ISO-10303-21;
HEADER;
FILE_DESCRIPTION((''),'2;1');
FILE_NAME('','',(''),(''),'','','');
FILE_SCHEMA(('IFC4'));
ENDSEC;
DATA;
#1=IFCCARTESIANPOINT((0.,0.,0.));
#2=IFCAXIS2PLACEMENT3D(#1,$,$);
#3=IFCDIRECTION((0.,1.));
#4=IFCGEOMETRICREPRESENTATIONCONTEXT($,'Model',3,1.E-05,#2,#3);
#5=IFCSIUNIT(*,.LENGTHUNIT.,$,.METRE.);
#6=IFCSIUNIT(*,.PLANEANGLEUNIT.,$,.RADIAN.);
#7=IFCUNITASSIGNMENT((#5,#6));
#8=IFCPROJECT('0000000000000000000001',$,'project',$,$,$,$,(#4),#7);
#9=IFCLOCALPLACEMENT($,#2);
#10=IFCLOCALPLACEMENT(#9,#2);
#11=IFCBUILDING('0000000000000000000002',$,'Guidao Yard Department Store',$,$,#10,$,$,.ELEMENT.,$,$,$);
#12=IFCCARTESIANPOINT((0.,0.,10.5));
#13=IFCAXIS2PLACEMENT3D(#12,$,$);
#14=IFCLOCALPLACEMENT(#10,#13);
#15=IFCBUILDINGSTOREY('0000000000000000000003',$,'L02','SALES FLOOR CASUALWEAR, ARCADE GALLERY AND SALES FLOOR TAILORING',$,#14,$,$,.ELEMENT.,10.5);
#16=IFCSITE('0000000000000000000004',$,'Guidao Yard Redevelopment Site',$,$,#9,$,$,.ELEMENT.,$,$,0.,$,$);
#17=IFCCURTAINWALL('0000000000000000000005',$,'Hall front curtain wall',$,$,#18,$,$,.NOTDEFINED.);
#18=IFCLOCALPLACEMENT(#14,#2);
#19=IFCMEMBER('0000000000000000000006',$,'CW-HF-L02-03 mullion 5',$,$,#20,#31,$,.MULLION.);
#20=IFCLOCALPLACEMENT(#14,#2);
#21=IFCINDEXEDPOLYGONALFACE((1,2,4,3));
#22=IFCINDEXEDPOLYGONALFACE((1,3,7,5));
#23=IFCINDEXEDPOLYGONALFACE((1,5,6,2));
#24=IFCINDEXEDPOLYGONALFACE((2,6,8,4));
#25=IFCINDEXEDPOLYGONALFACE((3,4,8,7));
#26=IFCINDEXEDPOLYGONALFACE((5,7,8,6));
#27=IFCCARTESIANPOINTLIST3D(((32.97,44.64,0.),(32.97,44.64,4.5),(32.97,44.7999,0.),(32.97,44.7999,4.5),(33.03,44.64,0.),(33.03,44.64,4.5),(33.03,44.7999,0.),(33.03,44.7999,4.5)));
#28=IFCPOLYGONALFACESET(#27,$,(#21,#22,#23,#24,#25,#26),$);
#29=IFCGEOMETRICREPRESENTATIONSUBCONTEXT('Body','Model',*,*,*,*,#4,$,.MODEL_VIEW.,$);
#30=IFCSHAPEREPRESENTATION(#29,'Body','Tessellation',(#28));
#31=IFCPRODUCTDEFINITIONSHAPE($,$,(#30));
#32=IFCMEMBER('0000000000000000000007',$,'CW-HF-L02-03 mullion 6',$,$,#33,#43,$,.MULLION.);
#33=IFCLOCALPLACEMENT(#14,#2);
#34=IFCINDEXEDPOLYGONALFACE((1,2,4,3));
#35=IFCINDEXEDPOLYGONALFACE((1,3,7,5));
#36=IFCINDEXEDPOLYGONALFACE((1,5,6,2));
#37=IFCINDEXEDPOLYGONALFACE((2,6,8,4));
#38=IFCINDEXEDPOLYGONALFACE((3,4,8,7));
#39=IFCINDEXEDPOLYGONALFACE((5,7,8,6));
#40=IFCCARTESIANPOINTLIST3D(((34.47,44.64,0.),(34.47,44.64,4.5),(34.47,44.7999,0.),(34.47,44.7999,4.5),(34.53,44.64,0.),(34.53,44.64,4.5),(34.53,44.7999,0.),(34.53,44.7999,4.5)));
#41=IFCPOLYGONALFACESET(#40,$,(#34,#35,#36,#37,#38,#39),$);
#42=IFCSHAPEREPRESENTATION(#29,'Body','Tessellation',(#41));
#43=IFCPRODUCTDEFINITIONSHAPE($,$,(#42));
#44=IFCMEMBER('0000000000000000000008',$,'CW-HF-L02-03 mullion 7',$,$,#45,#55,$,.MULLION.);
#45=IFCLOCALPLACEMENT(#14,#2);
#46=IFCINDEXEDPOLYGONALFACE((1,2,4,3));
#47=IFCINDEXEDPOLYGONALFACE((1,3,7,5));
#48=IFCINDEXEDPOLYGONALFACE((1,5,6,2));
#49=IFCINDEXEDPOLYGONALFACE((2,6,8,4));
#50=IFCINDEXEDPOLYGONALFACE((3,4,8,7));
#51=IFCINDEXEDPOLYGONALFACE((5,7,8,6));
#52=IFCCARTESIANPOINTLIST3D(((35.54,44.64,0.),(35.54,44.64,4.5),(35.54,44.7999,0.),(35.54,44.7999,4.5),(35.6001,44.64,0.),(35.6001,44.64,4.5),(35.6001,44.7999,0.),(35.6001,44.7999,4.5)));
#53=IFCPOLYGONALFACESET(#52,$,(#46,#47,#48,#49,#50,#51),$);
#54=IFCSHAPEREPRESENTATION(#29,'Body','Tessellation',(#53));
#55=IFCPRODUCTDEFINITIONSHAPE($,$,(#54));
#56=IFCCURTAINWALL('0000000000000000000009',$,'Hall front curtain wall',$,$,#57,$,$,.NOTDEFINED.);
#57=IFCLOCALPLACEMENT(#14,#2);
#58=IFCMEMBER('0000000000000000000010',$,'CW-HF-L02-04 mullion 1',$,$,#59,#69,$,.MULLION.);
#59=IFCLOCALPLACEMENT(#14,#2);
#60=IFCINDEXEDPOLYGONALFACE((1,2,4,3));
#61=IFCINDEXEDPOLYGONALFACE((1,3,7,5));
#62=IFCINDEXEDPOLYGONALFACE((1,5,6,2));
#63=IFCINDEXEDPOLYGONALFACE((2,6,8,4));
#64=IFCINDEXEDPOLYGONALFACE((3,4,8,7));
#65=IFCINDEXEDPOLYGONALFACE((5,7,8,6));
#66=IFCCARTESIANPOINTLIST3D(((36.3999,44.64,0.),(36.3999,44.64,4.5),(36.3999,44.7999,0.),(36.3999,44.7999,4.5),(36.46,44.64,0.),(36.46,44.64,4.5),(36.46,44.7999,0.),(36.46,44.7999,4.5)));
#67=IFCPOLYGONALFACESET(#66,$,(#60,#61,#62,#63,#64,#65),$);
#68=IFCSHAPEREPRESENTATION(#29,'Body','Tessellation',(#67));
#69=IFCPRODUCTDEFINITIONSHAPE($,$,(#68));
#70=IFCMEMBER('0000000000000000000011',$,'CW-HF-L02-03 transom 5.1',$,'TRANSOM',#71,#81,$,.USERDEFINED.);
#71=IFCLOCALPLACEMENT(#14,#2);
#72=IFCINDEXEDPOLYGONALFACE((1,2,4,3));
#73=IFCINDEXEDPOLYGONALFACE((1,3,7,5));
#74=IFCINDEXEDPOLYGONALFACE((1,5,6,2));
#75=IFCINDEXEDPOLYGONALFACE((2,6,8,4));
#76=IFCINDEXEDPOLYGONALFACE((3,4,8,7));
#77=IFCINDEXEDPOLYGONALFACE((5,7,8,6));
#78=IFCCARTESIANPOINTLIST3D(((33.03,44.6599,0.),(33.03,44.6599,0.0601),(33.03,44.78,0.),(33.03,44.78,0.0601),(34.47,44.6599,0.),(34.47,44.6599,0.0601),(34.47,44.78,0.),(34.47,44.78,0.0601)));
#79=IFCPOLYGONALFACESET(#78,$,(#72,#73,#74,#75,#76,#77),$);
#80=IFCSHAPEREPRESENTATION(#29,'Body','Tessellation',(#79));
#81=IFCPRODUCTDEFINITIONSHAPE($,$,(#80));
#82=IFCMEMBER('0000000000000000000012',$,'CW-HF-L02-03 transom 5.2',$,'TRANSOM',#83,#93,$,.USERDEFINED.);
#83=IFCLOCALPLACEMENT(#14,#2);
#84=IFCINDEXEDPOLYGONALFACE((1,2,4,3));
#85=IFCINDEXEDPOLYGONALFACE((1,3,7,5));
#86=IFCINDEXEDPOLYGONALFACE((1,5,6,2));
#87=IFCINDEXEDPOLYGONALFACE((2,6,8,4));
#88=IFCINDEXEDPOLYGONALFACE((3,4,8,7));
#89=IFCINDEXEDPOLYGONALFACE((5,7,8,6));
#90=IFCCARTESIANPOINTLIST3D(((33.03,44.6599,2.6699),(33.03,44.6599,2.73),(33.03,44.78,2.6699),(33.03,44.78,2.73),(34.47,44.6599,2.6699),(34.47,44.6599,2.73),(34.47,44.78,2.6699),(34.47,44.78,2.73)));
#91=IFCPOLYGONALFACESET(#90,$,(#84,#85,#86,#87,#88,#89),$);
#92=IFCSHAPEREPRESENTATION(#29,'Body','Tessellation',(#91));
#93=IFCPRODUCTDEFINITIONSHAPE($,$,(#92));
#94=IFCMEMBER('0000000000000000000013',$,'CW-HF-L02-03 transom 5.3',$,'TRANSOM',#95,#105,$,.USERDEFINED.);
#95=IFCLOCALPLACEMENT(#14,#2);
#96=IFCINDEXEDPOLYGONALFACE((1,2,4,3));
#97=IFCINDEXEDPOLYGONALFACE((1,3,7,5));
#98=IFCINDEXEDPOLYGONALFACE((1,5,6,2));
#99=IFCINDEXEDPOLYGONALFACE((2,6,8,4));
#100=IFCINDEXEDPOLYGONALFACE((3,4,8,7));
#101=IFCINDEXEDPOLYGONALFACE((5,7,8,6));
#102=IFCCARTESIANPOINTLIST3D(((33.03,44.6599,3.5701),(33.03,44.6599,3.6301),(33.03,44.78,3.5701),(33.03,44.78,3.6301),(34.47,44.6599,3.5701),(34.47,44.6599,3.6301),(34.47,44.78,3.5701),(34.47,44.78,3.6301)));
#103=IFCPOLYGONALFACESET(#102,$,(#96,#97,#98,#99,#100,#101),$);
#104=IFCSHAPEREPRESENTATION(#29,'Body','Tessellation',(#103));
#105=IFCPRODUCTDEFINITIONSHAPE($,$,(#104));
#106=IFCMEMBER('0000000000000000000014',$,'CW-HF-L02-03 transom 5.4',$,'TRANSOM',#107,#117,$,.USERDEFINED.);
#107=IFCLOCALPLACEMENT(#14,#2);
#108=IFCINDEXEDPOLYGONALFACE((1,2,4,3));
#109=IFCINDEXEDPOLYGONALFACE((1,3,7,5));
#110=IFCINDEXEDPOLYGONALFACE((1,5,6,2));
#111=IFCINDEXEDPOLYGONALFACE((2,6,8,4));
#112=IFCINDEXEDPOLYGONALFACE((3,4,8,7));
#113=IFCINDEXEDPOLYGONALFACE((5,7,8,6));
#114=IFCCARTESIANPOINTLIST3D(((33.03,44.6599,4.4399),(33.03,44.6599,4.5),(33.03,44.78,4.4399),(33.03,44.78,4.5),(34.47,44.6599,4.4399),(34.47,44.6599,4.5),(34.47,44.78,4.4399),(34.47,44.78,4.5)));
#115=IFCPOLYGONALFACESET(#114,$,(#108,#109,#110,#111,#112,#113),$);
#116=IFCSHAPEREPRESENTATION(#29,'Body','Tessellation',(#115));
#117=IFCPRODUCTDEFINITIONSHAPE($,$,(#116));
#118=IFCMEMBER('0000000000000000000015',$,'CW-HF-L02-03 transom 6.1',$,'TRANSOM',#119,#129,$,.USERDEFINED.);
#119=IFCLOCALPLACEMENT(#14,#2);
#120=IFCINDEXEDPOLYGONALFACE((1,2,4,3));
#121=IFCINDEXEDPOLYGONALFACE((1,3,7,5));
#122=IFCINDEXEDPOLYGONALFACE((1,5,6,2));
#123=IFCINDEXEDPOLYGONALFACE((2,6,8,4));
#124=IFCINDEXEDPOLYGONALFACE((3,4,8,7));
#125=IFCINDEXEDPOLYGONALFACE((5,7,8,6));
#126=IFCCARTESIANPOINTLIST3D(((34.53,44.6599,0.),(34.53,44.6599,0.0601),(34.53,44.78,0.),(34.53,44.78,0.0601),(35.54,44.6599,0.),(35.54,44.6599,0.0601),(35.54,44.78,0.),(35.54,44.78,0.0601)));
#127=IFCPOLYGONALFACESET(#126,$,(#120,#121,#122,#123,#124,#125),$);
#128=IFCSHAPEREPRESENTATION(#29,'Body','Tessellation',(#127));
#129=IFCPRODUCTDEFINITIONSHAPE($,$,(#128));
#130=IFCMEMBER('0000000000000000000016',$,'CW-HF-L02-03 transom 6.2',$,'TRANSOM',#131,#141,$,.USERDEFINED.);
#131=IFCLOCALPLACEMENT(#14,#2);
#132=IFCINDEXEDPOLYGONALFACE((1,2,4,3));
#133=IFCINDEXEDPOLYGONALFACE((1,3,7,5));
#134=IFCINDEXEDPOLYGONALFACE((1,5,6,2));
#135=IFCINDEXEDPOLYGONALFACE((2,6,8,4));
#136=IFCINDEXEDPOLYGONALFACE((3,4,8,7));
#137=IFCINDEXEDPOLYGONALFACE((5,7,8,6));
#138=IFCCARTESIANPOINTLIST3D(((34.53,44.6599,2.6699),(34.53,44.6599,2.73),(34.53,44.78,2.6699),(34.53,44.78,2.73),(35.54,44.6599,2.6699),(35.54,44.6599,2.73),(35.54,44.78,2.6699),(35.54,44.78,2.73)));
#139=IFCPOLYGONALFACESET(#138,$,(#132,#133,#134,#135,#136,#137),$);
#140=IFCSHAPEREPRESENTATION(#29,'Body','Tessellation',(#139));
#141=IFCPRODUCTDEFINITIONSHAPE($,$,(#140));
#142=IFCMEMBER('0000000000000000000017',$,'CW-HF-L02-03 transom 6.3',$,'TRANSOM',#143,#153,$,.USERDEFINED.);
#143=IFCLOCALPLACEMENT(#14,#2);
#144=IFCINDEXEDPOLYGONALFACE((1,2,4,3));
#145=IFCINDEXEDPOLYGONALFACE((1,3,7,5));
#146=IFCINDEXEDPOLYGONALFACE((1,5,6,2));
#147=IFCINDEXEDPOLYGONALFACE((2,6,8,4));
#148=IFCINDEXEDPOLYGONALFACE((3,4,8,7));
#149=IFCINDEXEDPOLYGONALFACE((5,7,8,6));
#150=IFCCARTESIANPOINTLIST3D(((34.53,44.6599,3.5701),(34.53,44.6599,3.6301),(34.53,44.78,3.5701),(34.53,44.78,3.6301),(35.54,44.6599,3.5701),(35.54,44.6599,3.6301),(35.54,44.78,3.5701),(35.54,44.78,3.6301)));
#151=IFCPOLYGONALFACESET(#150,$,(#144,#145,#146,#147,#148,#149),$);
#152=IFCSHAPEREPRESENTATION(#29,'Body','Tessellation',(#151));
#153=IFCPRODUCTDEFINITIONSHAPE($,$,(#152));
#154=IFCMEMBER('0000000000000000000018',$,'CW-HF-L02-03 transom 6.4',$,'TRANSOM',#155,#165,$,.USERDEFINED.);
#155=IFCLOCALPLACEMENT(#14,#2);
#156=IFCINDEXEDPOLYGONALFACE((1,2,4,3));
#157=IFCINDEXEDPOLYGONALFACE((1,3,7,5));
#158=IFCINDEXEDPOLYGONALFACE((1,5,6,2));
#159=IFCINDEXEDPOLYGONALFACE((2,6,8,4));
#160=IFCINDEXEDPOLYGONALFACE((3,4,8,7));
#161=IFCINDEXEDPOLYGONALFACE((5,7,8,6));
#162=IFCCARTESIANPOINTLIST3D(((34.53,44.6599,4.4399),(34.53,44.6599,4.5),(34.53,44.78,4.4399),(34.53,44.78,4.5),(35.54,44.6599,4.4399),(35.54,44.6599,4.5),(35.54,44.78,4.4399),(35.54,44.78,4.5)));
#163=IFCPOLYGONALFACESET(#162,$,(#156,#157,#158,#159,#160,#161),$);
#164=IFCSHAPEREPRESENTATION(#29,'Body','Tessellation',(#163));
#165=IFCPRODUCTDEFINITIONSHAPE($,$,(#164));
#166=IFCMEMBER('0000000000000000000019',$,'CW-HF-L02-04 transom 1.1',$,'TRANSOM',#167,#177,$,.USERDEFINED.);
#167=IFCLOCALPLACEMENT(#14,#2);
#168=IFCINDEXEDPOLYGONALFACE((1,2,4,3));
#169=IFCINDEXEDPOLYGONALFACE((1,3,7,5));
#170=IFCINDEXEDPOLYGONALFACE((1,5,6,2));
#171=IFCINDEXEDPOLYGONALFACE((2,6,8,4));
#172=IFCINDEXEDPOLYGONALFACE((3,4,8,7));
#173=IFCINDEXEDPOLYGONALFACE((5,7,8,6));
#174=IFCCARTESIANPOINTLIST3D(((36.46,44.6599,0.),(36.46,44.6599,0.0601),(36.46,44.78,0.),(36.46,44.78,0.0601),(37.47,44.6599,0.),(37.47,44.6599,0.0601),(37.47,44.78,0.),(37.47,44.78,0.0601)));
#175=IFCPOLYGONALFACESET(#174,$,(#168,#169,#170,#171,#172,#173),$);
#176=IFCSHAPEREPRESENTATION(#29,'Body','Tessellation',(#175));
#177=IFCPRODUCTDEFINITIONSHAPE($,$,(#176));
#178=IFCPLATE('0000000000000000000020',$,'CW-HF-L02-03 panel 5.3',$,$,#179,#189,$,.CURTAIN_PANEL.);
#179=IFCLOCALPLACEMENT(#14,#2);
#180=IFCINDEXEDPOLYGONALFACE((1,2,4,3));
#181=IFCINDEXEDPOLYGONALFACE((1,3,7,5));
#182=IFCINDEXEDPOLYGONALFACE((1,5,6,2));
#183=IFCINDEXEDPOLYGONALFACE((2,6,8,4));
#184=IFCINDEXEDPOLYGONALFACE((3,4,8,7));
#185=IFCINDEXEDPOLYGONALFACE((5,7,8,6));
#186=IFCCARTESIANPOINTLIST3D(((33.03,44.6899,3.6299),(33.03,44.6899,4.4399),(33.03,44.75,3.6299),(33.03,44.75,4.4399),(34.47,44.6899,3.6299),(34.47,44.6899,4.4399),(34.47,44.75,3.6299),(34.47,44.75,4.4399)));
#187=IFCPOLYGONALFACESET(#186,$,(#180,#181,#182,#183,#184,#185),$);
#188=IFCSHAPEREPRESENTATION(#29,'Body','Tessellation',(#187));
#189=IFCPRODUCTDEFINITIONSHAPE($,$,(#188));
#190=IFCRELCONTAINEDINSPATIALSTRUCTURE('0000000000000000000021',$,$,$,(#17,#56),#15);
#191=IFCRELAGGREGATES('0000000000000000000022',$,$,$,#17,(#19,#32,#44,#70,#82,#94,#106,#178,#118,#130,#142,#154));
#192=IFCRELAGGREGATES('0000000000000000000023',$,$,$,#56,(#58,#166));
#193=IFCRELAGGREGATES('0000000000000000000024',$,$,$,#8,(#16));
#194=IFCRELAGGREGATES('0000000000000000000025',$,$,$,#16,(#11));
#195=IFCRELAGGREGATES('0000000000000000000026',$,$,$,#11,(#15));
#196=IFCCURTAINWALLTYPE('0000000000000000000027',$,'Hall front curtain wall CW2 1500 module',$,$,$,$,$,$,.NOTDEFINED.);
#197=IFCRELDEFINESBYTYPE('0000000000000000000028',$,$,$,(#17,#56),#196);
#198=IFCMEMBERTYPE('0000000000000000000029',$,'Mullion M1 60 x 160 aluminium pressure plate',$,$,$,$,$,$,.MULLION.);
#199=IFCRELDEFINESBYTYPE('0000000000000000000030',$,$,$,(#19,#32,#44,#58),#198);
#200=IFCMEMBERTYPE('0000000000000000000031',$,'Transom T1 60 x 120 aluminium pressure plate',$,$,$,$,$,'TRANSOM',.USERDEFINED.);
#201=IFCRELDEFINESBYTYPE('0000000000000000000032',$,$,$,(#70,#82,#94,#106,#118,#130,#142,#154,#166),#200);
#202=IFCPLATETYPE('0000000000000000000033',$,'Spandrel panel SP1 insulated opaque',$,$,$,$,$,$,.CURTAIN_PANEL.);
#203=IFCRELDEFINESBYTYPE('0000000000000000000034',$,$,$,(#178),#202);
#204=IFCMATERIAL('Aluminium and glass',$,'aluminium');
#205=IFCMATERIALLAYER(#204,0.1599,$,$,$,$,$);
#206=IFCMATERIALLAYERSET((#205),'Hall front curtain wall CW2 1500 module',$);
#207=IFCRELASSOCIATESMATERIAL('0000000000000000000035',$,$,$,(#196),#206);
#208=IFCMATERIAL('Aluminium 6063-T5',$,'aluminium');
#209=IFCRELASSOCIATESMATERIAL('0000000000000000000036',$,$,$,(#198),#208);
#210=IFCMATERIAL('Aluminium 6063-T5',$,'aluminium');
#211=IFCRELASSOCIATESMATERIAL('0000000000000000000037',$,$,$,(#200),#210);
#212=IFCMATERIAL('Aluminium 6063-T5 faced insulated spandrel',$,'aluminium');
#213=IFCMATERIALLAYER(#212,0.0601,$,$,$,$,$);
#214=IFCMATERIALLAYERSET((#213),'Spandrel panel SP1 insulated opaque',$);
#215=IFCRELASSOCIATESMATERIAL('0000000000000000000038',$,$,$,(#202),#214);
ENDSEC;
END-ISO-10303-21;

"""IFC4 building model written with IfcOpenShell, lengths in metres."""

from ifc_helpers import new_model, si_unit, direction, frame, origin, origin_2d, place, context, subcontext, project, spatial, rectangle, extrude, material, layer, layer_set, material_profile, profile_set, type_object, element, aggregate, save


model = new_model("IFC4")

# Units and contexts
model_context = context("Model", 3, precision=1e-05, world=origin(), true_north=direction((0.0, 1.0)))
body_context = subcontext(model_context, "Body", "Model", "MODEL_VIEW")
ifc_project = project(units=[si_unit("LENGTHUNIT", "METRE"), si_unit("PLANEANGLEUNIT", "RADIAN")], contexts=[model_context])

# Site, building, storey
site_placement = place(None, origin())
site = spatial("IfcSite", under=ifc_project, at=site_placement, Name="Guidao Yard Redevelopment Site", CompositionType="ELEMENT", RefElevation=0.0)
building_placement = place(site_placement, origin())
building = spatial("IfcBuilding", under=site, at=building_placement, Name="Guidao Yard Department Store", CompositionType="ELEMENT")
storey_placement = place(building_placement, frame((0.0, 0.0, 10.5)))
storey = spatial("IfcBuildingStorey", under=building, at=storey_placement, Name="L02", Description="SALES FLOOR CASUALWEAR, ARCADE GALLERY AND SALES FLOOR TAILORING", CompositionType="ELEMENT", Elevation=10.5)

# Curtain wall, members
ifc_material_1 = material(Name="Aluminium and glass", Category="aluminium")
ifc_layer_1 = layer(ifc_material_1, 0.1599)
ifc_layer_set_1 = layer_set([ifc_layer_1], Name="Hall front curtain wall CW2 1500 module")
curtain_wall_type = type_object("IfcCurtainWallType", Name="Hall front curtain wall CW2 1500 module", PredefinedType="NOTDEFINED", material=ifc_layer_set_1)
curtain_wall_1_placement = place(storey_placement, origin())
curtain_wall_1 = element("IfcCurtainWall", 1, at=curtain_wall_1_placement, inside=storey, type_object=curtain_wall_type, Name="Hall front curtain wall", PredefinedType="NOTDEFINED")
ifc_material_2 = material(Name="Aluminium 6063-T5", Category="aluminium")
ifc_material_profile_1 = material_profile(ifc_material_2, rectangle(XDim=0.0601, YDim=0.1599, at=origin_2d()), Name="Mullion M1 60 x 160 aluminium pressure plate")
ifc_profile_set_1 = profile_set([ifc_material_profile_1], Name="Aluminium 6063-T5")
member_type_1 = type_object("IfcMemberType", Name="Mullion M1 60 x 160 aluminium pressure plate", PredefinedType="MULLION", material=ifc_profile_set_1)
member_1_placement = place(storey_placement, frame((33.0, 44.72, 0.0), z_axis=(0.0, 0.0, 1.0), x_axis=(-1.0, 0.0, 0.0)))
member_1 = element("IfcMember", 2, at=member_1_placement, type_object=member_type_1, Name="CW-HF-L02-03 mullion 5", PredefinedType="MULLION", context=body_context, shape_type="SweptSolid", body=[
    extrude(rectangle(XDim=0.0601, YDim=0.1599, at=origin_2d()), origin(), (0.0, 0.0, 1.0), 4.5),
])
member_2_placement = place(storey_placement, frame((34.5, 44.72, 0.0), z_axis=(0.0, 0.0, 1.0), x_axis=(-1.0, 0.0, 0.0)))
member_2 = element("IfcMember", 3, at=member_2_placement, type_object=member_type_1, Name="CW-HF-L02-03 mullion 6", PredefinedType="MULLION", context=body_context, shape_type="SweptSolid", body=[
    extrude(rectangle(XDim=0.0601, YDim=0.1599, at=origin_2d()), origin(), (0.0, 0.0, 1.0), 4.5),
])
member_3_placement = place(storey_placement, frame((35.5701, 44.72, 0.0), z_axis=(0.0, 0.0, 1.0), x_axis=(-1.0, 0.0, 0.0)))
member_3 = element("IfcMember", 4, at=member_3_placement, type_object=member_type_1, Name="CW-HF-L02-03 mullion 7", PredefinedType="MULLION", context=body_context, shape_type="SweptSolid", body=[
    extrude(rectangle(XDim=0.0601, YDim=0.1599, at=origin_2d()), origin(), (0.0, 0.0, 1.0), 4.5),
])

# Curtain wall, member
curtain_wall_2_placement = place(storey_placement, origin())
curtain_wall_2 = element("IfcCurtainWall", 5, at=curtain_wall_2_placement, inside=storey, type_object=curtain_wall_type, Name="Hall front curtain wall", PredefinedType="NOTDEFINED")
member_4_placement = place(storey_placement, frame((36.4299, 44.72, 0.0), z_axis=(0.0, 0.0, 1.0), x_axis=(-1.0, 0.0, 0.0)))
member_4 = element("IfcMember", 6, at=member_4_placement, type_object=member_type_1, Name="CW-HF-L02-04 mullion 1", PredefinedType="MULLION", context=body_context, shape_type="SweptSolid", body=[
    extrude(rectangle(XDim=0.0601, YDim=0.1599, at=origin_2d()), origin(), (0.0, 0.0, 1.0), 4.5),
])

# Members
ifc_material_3 = material(Name="Aluminium 6063-T5", Category="aluminium")
ifc_material_profile_2 = material_profile(ifc_material_3, rectangle(XDim=0.1201, YDim=0.0601, at=origin_2d()), Name="Transom T1 60 x 120 aluminium pressure plate")
ifc_profile_set_2 = profile_set([ifc_material_profile_2], Name="Aluminium 6063-T5")
member_type_2 = type_object("IfcMemberType", Name="Transom T1 60 x 120 aluminium pressure plate", ElementType="TRANSOM", PredefinedType="USERDEFINED", material=ifc_profile_set_2)
member_5_placement = place(storey_placement, frame((34.47, 44.72, 0.03), z_axis=(-1.0, 0.0, 0.0), x_axis=(0.0, -1.0, 0.0)))
member_5 = element("IfcMember", 7, at=member_5_placement, type_object=member_type_2, Name="CW-HF-L02-03 transom 5.1", ObjectType="TRANSOM", PredefinedType="USERDEFINED", context=body_context, shape_type="SweptSolid", body=[
    extrude(rectangle(XDim=0.1201, YDim=0.0601, at=origin_2d()), origin(), (0.0, 0.0, 1.0), 1.4399),
])
member_6_placement = place(storey_placement, frame((34.47, 44.72, 2.7), z_axis=(-1.0, 0.0, 0.0), x_axis=(0.0, -1.0, 0.0)))
member_6 = element("IfcMember", 8, at=member_6_placement, type_object=member_type_2, Name="CW-HF-L02-03 transom 5.2", ObjectType="TRANSOM", PredefinedType="USERDEFINED", context=body_context, shape_type="SweptSolid", body=[
    extrude(rectangle(XDim=0.1201, YDim=0.0601, at=origin_2d()), origin(), (0.0, 0.0, 1.0), 1.4399),
])
member_7_placement = place(storey_placement, frame((34.47, 44.72, 3.6001), z_axis=(-1.0, 0.0, 0.0), x_axis=(0.0, -1.0, 0.0)))
member_7 = element("IfcMember", 9, at=member_7_placement, type_object=member_type_2, Name="CW-HF-L02-03 transom 5.3", ObjectType="TRANSOM", PredefinedType="USERDEFINED", context=body_context, shape_type="SweptSolid", body=[
    extrude(rectangle(XDim=0.1201, YDim=0.0601, at=origin_2d()), origin(), (0.0, 0.0, 1.0), 1.4399),
])
member_8_placement = place(storey_placement, frame((34.47, 44.72, 4.47), z_axis=(-1.0, 0.0, 0.0), x_axis=(0.0, -1.0, 0.0)))
member_8 = element("IfcMember", 10, at=member_8_placement, type_object=member_type_2, Name="CW-HF-L02-03 transom 5.4", ObjectType="TRANSOM", PredefinedType="USERDEFINED", context=body_context, shape_type="SweptSolid", body=[
    extrude(rectangle(XDim=0.1201, YDim=0.0601, at=origin_2d()), origin(), (0.0, 0.0, 1.0), 1.4399),
])
member_9_placement = place(storey_placement, frame((35.54, 44.72, 0.03), z_axis=(-1.0, 0.0, 0.0), x_axis=(0.0, -1.0, 0.0)))
member_9 = element("IfcMember", 11, at=member_9_placement, type_object=member_type_2, Name="CW-HF-L02-03 transom 6.1", ObjectType="TRANSOM", PredefinedType="USERDEFINED", context=body_context, shape_type="SweptSolid", body=[
    extrude(rectangle(XDim=0.1201, YDim=0.0601, at=origin_2d()), origin(), (0.0, 0.0, 1.0), 1.01),
])
member_10_placement = place(storey_placement, frame((35.54, 44.72, 2.7), z_axis=(-1.0, 0.0, 0.0), x_axis=(0.0, -1.0, 0.0)))
member_10 = element("IfcMember", 12, at=member_10_placement, type_object=member_type_2, Name="CW-HF-L02-03 transom 6.2", ObjectType="TRANSOM", PredefinedType="USERDEFINED", context=body_context, shape_type="SweptSolid", body=[
    extrude(rectangle(XDim=0.1201, YDim=0.0601, at=origin_2d()), origin(), (0.0, 0.0, 1.0), 1.01),
])
member_11_placement = place(storey_placement, frame((35.54, 44.72, 3.6001), z_axis=(-1.0, 0.0, 0.0), x_axis=(0.0, -1.0, 0.0)))
member_11 = element("IfcMember", 13, at=member_11_placement, type_object=member_type_2, Name="CW-HF-L02-03 transom 6.3", ObjectType="TRANSOM", PredefinedType="USERDEFINED", context=body_context, shape_type="SweptSolid", body=[
    extrude(rectangle(XDim=0.1201, YDim=0.0601, at=origin_2d()), origin(), (0.0, 0.0, 1.0), 1.01),
])
member_12_placement = place(storey_placement, frame((35.54, 44.72, 4.47), z_axis=(-1.0, 0.0, 0.0), x_axis=(0.0, -1.0, 0.0)))
member_12 = element("IfcMember", 14, at=member_12_placement, type_object=member_type_2, Name="CW-HF-L02-03 transom 6.4", ObjectType="TRANSOM", PredefinedType="USERDEFINED", context=body_context, shape_type="SweptSolid", body=[
    extrude(rectangle(XDim=0.1201, YDim=0.0601, at=origin_2d()), origin(), (0.0, 0.0, 1.0), 1.01),
])
member_13_placement = place(storey_placement, frame((37.47, 44.72, 0.03), z_axis=(-1.0, 0.0, 0.0), x_axis=(0.0, -1.0, 0.0)))
member_13 = element("IfcMember", 15, at=member_13_placement, type_object=member_type_2, Name="CW-HF-L02-04 transom 1.1", ObjectType="TRANSOM", PredefinedType="USERDEFINED", context=body_context, shape_type="SweptSolid", body=[
    extrude(rectangle(XDim=0.1201, YDim=0.0601, at=origin_2d()), origin(), (0.0, 0.0, 1.0), 1.01),
])

# Plate
ifc_material_4 = material(Name="Aluminium 6063-T5 faced insulated spandrel", Category="aluminium")
ifc_layer_2 = layer(ifc_material_4, 0.0601)
ifc_layer_set_2 = layer_set([ifc_layer_2], Name="Spandrel panel SP1 insulated opaque")
plate_type_1 = type_object("IfcPlateType", Name="Spandrel panel SP1 insulated opaque", PredefinedType="CURTAIN_PANEL", material=ifc_layer_set_2)
plate_1_placement = place(storey_placement, frame((33.75, 44.72, 3.6299), z_axis=(0.0, 0.0, 1.0), x_axis=(-1.0, 0.0, 0.0)))
plate_1 = element("IfcPlate", 16, at=plate_1_placement, type_object=plate_type_1, Name="CW-HF-L02-03 panel 5.3", PredefinedType="CURTAIN_PANEL", context=body_context, shape_type="SweptSolid", body=[
    extrude(rectangle(XDim=1.4399, YDim=0.0601, at=origin_2d()), origin(), (0.0, 0.0, 1.0), 0.8101),
])
aggregate(curtain_wall_1, [member_1, member_2, member_3, member_5, member_6, member_7, member_8, plate_1, member_9, member_10, member_11, member_12])
aggregate(curtain_wall_2, [member_4, member_13])

save(model, "model.ifc")
